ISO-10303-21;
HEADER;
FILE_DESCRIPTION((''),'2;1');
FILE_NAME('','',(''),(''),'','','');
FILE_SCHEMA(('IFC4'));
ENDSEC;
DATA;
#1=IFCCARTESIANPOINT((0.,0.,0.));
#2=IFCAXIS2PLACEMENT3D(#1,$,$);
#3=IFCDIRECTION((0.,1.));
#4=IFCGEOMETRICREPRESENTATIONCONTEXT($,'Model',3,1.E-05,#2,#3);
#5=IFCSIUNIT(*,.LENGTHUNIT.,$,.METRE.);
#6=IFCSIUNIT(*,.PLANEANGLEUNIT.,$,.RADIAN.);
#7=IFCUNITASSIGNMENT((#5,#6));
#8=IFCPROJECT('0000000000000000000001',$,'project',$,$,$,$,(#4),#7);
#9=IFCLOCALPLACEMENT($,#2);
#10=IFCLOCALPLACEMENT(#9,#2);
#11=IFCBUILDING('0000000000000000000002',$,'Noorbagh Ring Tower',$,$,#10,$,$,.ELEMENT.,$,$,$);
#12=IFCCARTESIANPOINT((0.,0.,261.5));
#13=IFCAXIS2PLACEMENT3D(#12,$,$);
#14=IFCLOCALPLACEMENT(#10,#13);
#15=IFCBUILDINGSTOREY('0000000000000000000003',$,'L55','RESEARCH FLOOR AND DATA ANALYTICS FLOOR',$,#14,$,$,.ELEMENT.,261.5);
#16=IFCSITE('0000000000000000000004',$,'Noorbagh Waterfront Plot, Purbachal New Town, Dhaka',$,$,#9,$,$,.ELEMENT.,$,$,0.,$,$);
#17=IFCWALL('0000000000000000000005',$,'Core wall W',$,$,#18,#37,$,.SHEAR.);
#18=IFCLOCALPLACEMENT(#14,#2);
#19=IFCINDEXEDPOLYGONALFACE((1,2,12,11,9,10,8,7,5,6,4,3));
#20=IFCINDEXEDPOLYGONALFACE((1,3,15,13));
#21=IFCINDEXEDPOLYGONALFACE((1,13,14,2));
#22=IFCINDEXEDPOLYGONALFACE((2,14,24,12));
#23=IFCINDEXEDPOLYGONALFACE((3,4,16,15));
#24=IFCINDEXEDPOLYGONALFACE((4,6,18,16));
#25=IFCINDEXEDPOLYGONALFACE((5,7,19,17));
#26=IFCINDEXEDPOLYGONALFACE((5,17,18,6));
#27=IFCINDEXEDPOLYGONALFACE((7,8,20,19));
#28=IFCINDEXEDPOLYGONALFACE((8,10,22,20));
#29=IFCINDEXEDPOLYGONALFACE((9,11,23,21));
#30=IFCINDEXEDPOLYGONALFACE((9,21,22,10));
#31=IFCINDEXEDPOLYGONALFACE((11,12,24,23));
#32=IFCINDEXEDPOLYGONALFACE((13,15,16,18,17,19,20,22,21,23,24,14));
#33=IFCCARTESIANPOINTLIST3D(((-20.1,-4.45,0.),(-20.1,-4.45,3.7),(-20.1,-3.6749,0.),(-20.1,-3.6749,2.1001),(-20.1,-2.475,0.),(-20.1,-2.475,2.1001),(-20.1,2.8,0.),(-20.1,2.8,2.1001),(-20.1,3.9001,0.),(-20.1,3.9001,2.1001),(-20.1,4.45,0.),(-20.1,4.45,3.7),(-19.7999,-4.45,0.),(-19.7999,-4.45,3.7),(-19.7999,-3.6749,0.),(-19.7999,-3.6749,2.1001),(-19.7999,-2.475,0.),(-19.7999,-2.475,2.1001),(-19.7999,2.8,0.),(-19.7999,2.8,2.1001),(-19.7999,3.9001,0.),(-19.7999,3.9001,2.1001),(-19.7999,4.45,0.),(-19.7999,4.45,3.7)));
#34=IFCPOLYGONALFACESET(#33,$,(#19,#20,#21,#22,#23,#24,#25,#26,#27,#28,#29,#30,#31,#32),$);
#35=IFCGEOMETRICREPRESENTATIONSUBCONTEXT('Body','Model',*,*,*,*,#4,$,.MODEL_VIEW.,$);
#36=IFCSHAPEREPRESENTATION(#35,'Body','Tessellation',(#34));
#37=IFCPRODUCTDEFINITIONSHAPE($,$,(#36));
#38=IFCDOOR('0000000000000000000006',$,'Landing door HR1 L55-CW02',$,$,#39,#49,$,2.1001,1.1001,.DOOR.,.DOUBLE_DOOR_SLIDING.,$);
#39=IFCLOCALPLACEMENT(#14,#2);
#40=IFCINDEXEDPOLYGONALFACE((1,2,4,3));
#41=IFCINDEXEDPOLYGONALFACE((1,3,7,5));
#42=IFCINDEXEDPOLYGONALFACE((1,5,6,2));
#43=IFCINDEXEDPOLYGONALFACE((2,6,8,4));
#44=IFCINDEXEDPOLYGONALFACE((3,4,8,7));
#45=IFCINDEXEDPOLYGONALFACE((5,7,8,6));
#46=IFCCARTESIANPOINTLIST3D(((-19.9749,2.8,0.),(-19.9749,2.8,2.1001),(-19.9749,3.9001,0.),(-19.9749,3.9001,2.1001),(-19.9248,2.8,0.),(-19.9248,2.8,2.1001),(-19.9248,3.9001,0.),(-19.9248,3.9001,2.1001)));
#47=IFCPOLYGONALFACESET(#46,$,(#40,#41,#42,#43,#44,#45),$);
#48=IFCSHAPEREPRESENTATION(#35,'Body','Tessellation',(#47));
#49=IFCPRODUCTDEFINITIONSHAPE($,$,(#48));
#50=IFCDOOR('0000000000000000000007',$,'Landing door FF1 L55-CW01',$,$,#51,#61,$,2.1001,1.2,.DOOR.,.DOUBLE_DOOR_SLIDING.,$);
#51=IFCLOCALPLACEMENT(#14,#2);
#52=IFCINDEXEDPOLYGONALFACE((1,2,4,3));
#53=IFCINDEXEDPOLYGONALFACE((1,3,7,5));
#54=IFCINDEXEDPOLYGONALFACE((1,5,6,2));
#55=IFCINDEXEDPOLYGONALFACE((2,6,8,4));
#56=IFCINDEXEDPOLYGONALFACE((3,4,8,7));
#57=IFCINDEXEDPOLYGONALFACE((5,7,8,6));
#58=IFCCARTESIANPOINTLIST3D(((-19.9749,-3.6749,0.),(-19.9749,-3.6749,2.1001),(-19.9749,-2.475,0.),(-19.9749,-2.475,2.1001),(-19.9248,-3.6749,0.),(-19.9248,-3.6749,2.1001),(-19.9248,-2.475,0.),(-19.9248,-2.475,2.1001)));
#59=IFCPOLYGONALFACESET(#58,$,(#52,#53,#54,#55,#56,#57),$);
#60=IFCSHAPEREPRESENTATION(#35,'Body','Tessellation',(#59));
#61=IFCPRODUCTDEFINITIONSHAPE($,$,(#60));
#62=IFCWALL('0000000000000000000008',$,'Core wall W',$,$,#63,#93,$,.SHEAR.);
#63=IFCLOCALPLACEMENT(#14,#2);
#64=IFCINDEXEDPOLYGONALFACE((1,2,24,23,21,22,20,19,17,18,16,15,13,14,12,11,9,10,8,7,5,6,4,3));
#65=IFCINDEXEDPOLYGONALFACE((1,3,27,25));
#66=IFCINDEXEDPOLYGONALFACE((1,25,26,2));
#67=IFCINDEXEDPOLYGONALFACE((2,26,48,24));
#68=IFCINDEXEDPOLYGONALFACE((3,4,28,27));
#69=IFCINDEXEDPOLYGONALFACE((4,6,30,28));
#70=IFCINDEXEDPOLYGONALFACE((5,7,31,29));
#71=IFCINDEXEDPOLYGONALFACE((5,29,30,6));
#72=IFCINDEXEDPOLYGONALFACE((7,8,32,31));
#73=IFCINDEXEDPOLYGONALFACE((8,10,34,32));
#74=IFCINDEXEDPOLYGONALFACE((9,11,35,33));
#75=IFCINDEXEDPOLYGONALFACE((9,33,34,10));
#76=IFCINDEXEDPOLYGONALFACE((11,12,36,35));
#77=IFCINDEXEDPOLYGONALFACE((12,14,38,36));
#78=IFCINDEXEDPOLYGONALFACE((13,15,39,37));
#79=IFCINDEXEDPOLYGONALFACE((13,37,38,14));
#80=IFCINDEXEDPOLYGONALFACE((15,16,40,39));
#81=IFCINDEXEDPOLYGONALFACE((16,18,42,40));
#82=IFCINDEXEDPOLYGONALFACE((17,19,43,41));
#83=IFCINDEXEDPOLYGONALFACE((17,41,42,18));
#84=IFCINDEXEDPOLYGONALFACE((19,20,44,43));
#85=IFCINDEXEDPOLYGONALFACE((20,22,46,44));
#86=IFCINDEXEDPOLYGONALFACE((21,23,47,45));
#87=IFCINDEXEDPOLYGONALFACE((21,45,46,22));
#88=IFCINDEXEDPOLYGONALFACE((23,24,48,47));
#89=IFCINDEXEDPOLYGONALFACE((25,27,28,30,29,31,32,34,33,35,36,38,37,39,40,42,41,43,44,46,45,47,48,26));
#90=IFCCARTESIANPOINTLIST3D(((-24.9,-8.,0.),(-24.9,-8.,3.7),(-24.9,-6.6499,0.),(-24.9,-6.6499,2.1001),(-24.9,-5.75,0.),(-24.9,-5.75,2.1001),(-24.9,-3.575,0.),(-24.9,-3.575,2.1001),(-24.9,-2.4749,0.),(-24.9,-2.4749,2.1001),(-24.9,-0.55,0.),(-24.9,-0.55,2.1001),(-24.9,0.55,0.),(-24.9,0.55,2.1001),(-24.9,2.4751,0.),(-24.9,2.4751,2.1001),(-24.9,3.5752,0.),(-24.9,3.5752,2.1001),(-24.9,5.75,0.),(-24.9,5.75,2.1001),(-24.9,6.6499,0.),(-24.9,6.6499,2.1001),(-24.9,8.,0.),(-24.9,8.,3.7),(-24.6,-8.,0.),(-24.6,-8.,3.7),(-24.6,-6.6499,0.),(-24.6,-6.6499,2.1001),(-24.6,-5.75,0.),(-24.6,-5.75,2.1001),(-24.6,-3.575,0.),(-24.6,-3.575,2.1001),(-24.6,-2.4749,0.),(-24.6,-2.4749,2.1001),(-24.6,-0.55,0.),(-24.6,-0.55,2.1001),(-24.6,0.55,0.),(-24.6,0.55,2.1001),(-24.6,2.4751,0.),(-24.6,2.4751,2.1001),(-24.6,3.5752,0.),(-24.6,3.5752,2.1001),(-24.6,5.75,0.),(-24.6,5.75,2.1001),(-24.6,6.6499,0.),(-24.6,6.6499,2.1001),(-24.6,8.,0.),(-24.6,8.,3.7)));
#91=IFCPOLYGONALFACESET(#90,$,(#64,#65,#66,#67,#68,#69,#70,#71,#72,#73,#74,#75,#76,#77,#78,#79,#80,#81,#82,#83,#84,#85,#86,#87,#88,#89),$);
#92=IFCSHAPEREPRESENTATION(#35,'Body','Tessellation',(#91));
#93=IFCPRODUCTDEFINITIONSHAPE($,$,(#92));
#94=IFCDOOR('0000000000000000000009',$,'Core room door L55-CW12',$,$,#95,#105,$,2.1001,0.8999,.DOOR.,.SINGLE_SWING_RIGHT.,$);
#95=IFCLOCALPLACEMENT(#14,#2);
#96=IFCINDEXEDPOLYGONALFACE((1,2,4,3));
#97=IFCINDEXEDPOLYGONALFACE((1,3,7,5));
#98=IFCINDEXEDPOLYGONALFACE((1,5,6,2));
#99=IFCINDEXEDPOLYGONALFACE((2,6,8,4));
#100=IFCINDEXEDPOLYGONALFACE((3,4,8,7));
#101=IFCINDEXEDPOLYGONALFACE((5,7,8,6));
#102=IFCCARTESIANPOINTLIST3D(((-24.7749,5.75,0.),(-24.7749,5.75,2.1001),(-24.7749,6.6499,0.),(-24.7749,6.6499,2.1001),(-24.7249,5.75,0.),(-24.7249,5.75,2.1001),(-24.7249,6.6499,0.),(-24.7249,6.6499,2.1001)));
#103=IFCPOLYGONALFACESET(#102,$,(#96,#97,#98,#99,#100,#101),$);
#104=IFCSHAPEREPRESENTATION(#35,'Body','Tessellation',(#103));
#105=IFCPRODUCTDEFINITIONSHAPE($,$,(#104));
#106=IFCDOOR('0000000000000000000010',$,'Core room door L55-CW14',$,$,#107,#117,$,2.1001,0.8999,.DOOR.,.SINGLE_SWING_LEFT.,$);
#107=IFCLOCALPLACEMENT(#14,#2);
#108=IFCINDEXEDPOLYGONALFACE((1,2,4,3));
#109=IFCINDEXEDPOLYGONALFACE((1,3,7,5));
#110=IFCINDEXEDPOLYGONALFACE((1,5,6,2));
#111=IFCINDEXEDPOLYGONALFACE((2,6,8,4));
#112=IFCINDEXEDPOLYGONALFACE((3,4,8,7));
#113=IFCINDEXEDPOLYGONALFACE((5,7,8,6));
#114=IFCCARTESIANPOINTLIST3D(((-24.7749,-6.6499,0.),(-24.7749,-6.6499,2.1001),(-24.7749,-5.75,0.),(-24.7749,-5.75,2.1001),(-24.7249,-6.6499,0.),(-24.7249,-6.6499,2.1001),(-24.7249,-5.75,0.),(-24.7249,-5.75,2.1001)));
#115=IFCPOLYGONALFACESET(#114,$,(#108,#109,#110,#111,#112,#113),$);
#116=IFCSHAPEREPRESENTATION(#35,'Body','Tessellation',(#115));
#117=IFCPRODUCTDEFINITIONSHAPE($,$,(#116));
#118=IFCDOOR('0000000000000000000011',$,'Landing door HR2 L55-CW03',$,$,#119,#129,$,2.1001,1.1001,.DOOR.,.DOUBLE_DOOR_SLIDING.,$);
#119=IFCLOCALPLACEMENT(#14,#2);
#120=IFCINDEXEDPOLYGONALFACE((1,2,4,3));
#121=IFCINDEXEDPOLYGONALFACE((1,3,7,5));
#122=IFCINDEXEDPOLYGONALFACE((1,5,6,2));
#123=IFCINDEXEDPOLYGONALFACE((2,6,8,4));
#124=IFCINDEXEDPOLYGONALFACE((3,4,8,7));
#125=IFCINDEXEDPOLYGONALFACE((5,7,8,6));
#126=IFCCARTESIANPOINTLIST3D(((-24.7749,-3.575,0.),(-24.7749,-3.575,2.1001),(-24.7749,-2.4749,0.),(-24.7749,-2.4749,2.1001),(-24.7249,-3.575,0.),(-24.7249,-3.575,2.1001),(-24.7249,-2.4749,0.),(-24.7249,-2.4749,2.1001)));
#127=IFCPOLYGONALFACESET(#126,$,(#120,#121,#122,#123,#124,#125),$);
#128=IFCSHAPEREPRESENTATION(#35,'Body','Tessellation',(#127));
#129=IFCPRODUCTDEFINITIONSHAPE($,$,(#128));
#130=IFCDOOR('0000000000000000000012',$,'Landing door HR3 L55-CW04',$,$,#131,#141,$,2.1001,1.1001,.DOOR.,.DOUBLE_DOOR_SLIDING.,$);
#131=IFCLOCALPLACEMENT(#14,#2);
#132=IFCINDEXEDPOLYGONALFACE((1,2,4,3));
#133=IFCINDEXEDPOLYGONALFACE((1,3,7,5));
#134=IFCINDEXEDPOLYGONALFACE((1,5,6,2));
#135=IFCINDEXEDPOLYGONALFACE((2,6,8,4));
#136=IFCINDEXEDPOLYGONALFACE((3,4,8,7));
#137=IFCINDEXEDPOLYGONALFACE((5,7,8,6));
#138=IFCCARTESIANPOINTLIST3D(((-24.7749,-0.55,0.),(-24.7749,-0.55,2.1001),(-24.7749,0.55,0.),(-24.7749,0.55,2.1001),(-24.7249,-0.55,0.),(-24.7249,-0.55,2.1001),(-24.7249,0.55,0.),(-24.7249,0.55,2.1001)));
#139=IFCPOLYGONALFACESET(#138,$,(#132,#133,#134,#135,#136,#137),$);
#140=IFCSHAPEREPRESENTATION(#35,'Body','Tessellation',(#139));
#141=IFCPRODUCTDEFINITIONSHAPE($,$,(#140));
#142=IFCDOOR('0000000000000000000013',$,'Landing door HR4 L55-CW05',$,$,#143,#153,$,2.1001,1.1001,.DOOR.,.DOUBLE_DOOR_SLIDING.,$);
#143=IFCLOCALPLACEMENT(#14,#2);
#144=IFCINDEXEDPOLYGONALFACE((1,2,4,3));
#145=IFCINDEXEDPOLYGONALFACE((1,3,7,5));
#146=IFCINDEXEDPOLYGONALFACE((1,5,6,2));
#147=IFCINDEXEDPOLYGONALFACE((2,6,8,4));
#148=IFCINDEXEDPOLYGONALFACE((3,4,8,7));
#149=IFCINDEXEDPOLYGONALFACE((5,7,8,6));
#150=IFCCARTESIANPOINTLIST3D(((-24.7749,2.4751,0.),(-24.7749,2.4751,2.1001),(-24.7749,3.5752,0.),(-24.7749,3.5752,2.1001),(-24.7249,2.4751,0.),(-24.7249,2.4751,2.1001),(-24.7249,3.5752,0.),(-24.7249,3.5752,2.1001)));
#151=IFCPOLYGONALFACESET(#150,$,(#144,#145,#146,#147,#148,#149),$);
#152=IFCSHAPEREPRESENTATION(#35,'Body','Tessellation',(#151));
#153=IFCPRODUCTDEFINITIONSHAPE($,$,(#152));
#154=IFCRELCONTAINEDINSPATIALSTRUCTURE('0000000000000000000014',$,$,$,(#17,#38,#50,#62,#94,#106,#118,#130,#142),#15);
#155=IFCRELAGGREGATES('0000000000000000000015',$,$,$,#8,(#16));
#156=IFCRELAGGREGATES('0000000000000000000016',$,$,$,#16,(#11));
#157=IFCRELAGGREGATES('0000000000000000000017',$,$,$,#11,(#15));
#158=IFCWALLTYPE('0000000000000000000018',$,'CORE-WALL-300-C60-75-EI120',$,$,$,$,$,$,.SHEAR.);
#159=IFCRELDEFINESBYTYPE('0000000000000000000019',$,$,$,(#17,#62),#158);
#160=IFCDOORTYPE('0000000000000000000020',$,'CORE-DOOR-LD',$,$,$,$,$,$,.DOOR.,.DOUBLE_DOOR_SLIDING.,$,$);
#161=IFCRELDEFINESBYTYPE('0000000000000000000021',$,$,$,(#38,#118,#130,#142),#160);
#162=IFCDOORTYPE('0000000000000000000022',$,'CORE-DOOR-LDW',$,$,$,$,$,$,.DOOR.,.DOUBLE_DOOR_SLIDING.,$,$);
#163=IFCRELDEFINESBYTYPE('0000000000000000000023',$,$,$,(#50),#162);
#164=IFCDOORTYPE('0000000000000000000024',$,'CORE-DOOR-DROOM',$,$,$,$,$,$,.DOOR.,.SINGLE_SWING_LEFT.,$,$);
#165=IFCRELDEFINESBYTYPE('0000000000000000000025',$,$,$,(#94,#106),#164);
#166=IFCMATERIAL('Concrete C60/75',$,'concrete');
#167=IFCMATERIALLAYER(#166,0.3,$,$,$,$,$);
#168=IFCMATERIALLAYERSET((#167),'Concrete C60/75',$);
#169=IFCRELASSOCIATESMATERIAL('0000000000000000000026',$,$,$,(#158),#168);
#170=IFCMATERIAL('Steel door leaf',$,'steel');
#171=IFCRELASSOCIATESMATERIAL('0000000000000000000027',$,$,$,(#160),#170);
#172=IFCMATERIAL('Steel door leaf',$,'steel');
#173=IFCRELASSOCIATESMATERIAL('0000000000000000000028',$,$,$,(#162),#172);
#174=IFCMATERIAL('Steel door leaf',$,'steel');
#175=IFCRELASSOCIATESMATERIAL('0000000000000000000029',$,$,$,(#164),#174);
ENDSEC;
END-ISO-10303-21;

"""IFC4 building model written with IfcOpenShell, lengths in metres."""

from ifc_helpers import new_model, si_unit, direction, frame, frame_2d, origin, place, context, subcontext, project, spatial, rectangle, extrude, material, layer, layer_set, type_object, element, fill, save


model = new_model("IFC4")

# Units and contexts
model_context = context("Model", 3, precision=1e-05, world=origin(), true_north=direction((0.0, 1.0)))
body_context = subcontext(model_context, "Body", "Model", "MODEL_VIEW")
ifc_project = project(units=[si_unit("LENGTHUNIT", "METRE"), si_unit("PLANEANGLEUNIT", "RADIAN")], contexts=[model_context])

# Site, building, storey
site_placement = place(None, origin())
site = spatial("IfcSite", under=ifc_project, at=site_placement, Name="Noorbagh Waterfront Plot, Purbachal New Town, Dhaka", CompositionType="ELEMENT", RefElevation=0.0)
building_placement = place(site_placement, origin())
building = spatial("IfcBuilding", under=site, at=building_placement, Name="Noorbagh Ring Tower", CompositionType="ELEMENT")
storey_placement = place(building_placement, frame((0.0, 0.0, 261.5)))
storey = spatial("IfcBuildingStorey", under=building, at=storey_placement, Name="L55", Description="RESEARCH FLOOR AND DATA ANALYTICS FLOOR", CompositionType="ELEMENT", Elevation=261.5)

# Shared definitions
ifc_material_1 = material(Name="Concrete C60/75", Category="concrete")
ifc_layer_1 = layer(ifc_material_1, 0.3)
ifc_layer_set_1 = layer_set([ifc_layer_1], Name="Concrete C60/75")
wall_type_1 = type_object("IfcWallType", Name="CORE-WALL-300-C60-75-EI120", PredefinedType="SHEAR", material=ifc_layer_set_1)

# Walls, openings, doors
wall_1_placement = place(storey_placement, frame((-19.95, -4.45, 0.0), z_axis=(0.0, 0.0, 1.0), x_axis=(0.0, 1.0, 0.0)))
wall_1 = element("IfcWall", 1, at=wall_1_placement, inside=storey, type_object=wall_type_1, Name="Core wall W", PredefinedType="SHEAR", context=body_context, shape_type="SweptSolid", body=[
    extrude(rectangle(XDim=8.8999, YDim=0.3, at=frame_2d((4.45, 0.0))), origin(), (0.0, 0.0, 1.0), 3.7),
])
opening_1_placement = place(wall_1_placement, frame((0.7749, 0.0, 0.0)))
opening_1 = element("IfcOpeningElement", 2, at=opening_1_placement, cuts=wall_1, PredefinedType="OPENING", context=body_context, shape_type="SweptSolid", body=[
    extrude(rectangle(XDim=1.2, YDim=2.1001, at=frame_2d((0.6001, 1.05))), frame((0.0, 0.1602, 0.0), z_axis=(0.0, -1.0, 0.0), x_axis=(1.0, 0.0, 0.0)), (0.0, 0.0, 1.0), 0.3201),
])
opening_2_placement = place(wall_1_placement, frame((7.25, 0.0, 0.0)))
opening_2 = element("IfcOpeningElement", 3, at=opening_2_placement, cuts=wall_1, PredefinedType="OPENING", context=body_context, shape_type="SweptSolid", body=[
    extrude(rectangle(XDim=1.1001, YDim=2.1001, at=frame_2d((0.55, 1.05))), frame((0.0, 0.1602, 0.0), z_axis=(0.0, -1.0, 0.0), x_axis=(1.0, 0.0, 0.0)), (0.0, 0.0, 1.0), 0.3201),
])
ifc_material_2 = material(Name="Steel door leaf", Category="steel")
door_type_1 = type_object("IfcDoorType", Name="CORE-DOOR-LD", OperationType="DOUBLE_DOOR_SLIDING", PredefinedType="DOOR", material=ifc_material_2)
door_1_placement = place(opening_2_placement, origin())
door_1 = element("IfcDoor", 4, at=door_1_placement, inside=storey, type_object=door_type_1, Name="Landing door HR1 L55-CW02", OperationType="DOUBLE_DOOR_SLIDING", OverallHeight=2.1001, OverallWidth=1.1001, PredefinedType="DOOR", context=body_context, shape_type="SweptSolid", body=[
    extrude(rectangle(XDim=1.1001, YDim=2.1001, at=frame_2d((0.55, 1.05))), frame((0.0, 0.0249, 0.0), z_axis=(0.0, -1.0, 0.0), x_axis=(1.0, 0.0, 0.0)), (0.0, 0.0, 1.0), 0.05),
])
fill(opening_2, door_1)
ifc_material_3 = material(Name="Steel door leaf", Category="steel")
door_type_2 = type_object("IfcDoorType", Name="CORE-DOOR-LDW", OperationType="DOUBLE_DOOR_SLIDING", PredefinedType="DOOR", material=ifc_material_3)
door_2_placement = place(opening_1_placement, origin())
door_2 = element("IfcDoor", 5, at=door_2_placement, inside=storey, type_object=door_type_2, Name="Landing door FF1 L55-CW01", OperationType="DOUBLE_DOOR_SLIDING", OverallHeight=2.1001, OverallWidth=1.2, PredefinedType="DOOR", context=body_context, shape_type="SweptSolid", body=[
    extrude(rectangle(XDim=1.2, YDim=2.1001, at=frame_2d((0.6001, 1.05))), frame((0.0, 0.0249, 0.0), z_axis=(0.0, -1.0, 0.0), x_axis=(1.0, 0.0, 0.0)), (0.0, 0.0, 1.0), 0.05),
])
fill(opening_1, door_2)
wall_2_placement = place(storey_placement, frame((-24.75, -8.0, 0.0), z_axis=(0.0, 0.0, 1.0), x_axis=(0.0, 1.0, 0.0)))
wall_2 = element("IfcWall", 6, at=wall_2_placement, inside=storey, type_object=wall_type_1, Name="Core wall W", PredefinedType="SHEAR", context=body_context, shape_type="SweptSolid", body=[
    extrude(rectangle(XDim=16.0, YDim=0.3, at=frame_2d((8.0, 0.0))), origin(), (0.0, 0.0, 1.0), 3.7),
])
opening_3_placement = place(wall_2_placement, frame((4.425, 0.0, 0.0)))
opening_3 = element("IfcOpeningElement", 7, at=opening_3_placement, cuts=wall_2, PredefinedType="OPENING", context=body_context, shape_type="SweptSolid", body=[
    extrude(rectangle(XDim=1.1001, YDim=2.1001, at=frame_2d((0.55, 1.05))), frame((0.0, 0.1602, 0.0), z_axis=(0.0, -1.0, 0.0), x_axis=(1.0, 0.0, 0.0)), (0.0, 0.0, 1.0), 0.3201),
])
opening_4_placement = place(wall_2_placement, frame((7.45, 0.0, 0.0)))
opening_4 = element("IfcOpeningElement", 8, at=opening_4_placement, cuts=wall_2, PredefinedType="OPENING", context=body_context, shape_type="SweptSolid", body=[
    extrude(rectangle(XDim=1.1001, YDim=2.1001, at=frame_2d((0.55, 1.05))), frame((0.0, 0.1602, 0.0), z_axis=(0.0, -1.0, 0.0), x_axis=(1.0, 0.0, 0.0)), (0.0, 0.0, 1.0), 0.3201),
])
opening_5_placement = place(wall_2_placement, frame((10.4751, 0.0, 0.0)))
opening_5 = element("IfcOpeningElement", 9, at=opening_5_placement, cuts=wall_2, PredefinedType="OPENING", context=body_context, shape_type="SweptSolid", body=[
    extrude(rectangle(XDim=1.1001, YDim=2.1001, at=frame_2d((0.55, 1.05))), frame((0.0, 0.1602, 0.0), z_axis=(0.0, -1.0, 0.0), x_axis=(1.0, 0.0, 0.0)), (0.0, 0.0, 1.0), 0.3201),
])
opening_6_placement = place(wall_2_placement, frame((13.75, 0.0, 0.0)))
opening_6 = element("IfcOpeningElement", 10, at=opening_6_placement, cuts=wall_2, PredefinedType="OPENING", context=body_context, shape_type="SweptSolid", body=[
    extrude(rectangle(XDim=0.8999, YDim=2.1001, at=frame_2d((0.45, 1.05))), frame((0.0, 0.1602, 0.0), z_axis=(0.0, -1.0, 0.0), x_axis=(1.0, 0.0, 0.0)), (0.0, 0.0, 1.0), 0.3201),
])
opening_7_placement = place(wall_2_placement, frame((1.3501, 0.0, 0.0)))
opening_7 = element("IfcOpeningElement", 11, at=opening_7_placement, cuts=wall_2, PredefinedType="OPENING", context=body_context, shape_type="SweptSolid", body=[
    extrude(rectangle(XDim=0.8999, YDim=2.1001, at=frame_2d((0.45, 1.05))), frame((0.0, 0.1602, 0.0), z_axis=(0.0, -1.0, 0.0), x_axis=(1.0, 0.0, 0.0)), (0.0, 0.0, 1.0), 0.3201),
])
ifc_material_4 = material(Name="Steel door leaf", Category="steel")
door_type_3 = type_object("IfcDoorType", Name="CORE-DOOR-DROOM", OperationType="SINGLE_SWING_LEFT", PredefinedType="DOOR", material=ifc_material_4)
door_3_placement = place(opening_6_placement, origin())
door_3 = element("IfcDoor", 12, at=door_3_placement, inside=storey, type_object=door_type_3, Name="Core room door L55-CW12", OperationType="SINGLE_SWING_RIGHT", OverallHeight=2.1001, OverallWidth=0.8999, PredefinedType="DOOR", context=body_context, shape_type="SweptSolid", body=[
    extrude(rectangle(XDim=0.8999, YDim=2.1001, at=frame_2d((0.45, 1.05))), frame((0.0, 0.0249, 0.0), z_axis=(0.0, -1.0, 0.0), x_axis=(1.0, 0.0, 0.0)), (0.0, 0.0, 1.0), 0.05),
])
fill(opening_6, door_3)
door_4_placement = place(opening_7_placement, origin())
door_4 = element("IfcDoor", 13, at=door_4_placement, inside=storey, type_object=door_type_3, Name="Core room door L55-CW14", OperationType="SINGLE_SWING_LEFT", OverallHeight=2.1001, OverallWidth=0.8999, PredefinedType="DOOR", context=body_context, shape_type="SweptSolid", body=[
    extrude(rectangle(XDim=0.8999, YDim=2.1001, at=frame_2d((0.45, 1.05))), frame((0.0, 0.0249, 0.0), z_axis=(0.0, -1.0, 0.0), x_axis=(1.0, 0.0, 0.0)), (0.0, 0.0, 1.0), 0.05),
])
fill(opening_7, door_4)
door_5_placement = place(opening_3_placement, origin())
door_5 = element("IfcDoor", 14, at=door_5_placement, inside=storey, type_object=door_type_1, Name="Landing door HR2 L55-CW03", OperationType="DOUBLE_DOOR_SLIDING", OverallHeight=2.1001, OverallWidth=1.1001, PredefinedType="DOOR", context=body_context, shape_type="SweptSolid", body=[
    extrude(rectangle(XDim=1.1001, YDim=2.1001, at=frame_2d((0.55, 1.05))), frame((0.0, 0.0249, 0.0), z_axis=(0.0, -1.0, 0.0), x_axis=(1.0, 0.0, 0.0)), (0.0, 0.0, 1.0), 0.05),
])
fill(opening_3, door_5)
door_6_placement = place(opening_4_placement, origin())
door_6 = element("IfcDoor", 15, at=door_6_placement, inside=storey, type_object=door_type_1, Name="Landing door HR3 L55-CW04", OperationType="DOUBLE_DOOR_SLIDING", OverallHeight=2.1001, OverallWidth=1.1001, PredefinedType="DOOR", context=body_context, shape_type="SweptSolid", body=[
    extrude(rectangle(XDim=1.1001, YDim=2.1001, at=frame_2d((0.55, 1.05))), frame((0.0, 0.0249, 0.0), z_axis=(0.0, -1.0, 0.0), x_axis=(1.0, 0.0, 0.0)), (0.0, 0.0, 1.0), 0.05),
])
fill(opening_4, door_6)
door_7_placement = place(opening_5_placement, origin())
door_7 = element("IfcDoor", 16, at=door_7_placement, inside=storey, type_object=door_type_1, Name="Landing door HR4 L55-CW05", OperationType="DOUBLE_DOOR_SLIDING", OverallHeight=2.1001, OverallWidth=1.1001, PredefinedType="DOOR", context=body_context, shape_type="SweptSolid", body=[
    extrude(rectangle(XDim=1.1001, YDim=2.1001, at=frame_2d((0.55, 1.05))), frame((0.0, 0.0249, 0.0), z_axis=(0.0, -1.0, 0.0), x_axis=(1.0, 0.0, 0.0)), (0.0, 0.0, 1.0), 0.05),
])
fill(opening_5, door_7)

save(model, "model.ifc")
